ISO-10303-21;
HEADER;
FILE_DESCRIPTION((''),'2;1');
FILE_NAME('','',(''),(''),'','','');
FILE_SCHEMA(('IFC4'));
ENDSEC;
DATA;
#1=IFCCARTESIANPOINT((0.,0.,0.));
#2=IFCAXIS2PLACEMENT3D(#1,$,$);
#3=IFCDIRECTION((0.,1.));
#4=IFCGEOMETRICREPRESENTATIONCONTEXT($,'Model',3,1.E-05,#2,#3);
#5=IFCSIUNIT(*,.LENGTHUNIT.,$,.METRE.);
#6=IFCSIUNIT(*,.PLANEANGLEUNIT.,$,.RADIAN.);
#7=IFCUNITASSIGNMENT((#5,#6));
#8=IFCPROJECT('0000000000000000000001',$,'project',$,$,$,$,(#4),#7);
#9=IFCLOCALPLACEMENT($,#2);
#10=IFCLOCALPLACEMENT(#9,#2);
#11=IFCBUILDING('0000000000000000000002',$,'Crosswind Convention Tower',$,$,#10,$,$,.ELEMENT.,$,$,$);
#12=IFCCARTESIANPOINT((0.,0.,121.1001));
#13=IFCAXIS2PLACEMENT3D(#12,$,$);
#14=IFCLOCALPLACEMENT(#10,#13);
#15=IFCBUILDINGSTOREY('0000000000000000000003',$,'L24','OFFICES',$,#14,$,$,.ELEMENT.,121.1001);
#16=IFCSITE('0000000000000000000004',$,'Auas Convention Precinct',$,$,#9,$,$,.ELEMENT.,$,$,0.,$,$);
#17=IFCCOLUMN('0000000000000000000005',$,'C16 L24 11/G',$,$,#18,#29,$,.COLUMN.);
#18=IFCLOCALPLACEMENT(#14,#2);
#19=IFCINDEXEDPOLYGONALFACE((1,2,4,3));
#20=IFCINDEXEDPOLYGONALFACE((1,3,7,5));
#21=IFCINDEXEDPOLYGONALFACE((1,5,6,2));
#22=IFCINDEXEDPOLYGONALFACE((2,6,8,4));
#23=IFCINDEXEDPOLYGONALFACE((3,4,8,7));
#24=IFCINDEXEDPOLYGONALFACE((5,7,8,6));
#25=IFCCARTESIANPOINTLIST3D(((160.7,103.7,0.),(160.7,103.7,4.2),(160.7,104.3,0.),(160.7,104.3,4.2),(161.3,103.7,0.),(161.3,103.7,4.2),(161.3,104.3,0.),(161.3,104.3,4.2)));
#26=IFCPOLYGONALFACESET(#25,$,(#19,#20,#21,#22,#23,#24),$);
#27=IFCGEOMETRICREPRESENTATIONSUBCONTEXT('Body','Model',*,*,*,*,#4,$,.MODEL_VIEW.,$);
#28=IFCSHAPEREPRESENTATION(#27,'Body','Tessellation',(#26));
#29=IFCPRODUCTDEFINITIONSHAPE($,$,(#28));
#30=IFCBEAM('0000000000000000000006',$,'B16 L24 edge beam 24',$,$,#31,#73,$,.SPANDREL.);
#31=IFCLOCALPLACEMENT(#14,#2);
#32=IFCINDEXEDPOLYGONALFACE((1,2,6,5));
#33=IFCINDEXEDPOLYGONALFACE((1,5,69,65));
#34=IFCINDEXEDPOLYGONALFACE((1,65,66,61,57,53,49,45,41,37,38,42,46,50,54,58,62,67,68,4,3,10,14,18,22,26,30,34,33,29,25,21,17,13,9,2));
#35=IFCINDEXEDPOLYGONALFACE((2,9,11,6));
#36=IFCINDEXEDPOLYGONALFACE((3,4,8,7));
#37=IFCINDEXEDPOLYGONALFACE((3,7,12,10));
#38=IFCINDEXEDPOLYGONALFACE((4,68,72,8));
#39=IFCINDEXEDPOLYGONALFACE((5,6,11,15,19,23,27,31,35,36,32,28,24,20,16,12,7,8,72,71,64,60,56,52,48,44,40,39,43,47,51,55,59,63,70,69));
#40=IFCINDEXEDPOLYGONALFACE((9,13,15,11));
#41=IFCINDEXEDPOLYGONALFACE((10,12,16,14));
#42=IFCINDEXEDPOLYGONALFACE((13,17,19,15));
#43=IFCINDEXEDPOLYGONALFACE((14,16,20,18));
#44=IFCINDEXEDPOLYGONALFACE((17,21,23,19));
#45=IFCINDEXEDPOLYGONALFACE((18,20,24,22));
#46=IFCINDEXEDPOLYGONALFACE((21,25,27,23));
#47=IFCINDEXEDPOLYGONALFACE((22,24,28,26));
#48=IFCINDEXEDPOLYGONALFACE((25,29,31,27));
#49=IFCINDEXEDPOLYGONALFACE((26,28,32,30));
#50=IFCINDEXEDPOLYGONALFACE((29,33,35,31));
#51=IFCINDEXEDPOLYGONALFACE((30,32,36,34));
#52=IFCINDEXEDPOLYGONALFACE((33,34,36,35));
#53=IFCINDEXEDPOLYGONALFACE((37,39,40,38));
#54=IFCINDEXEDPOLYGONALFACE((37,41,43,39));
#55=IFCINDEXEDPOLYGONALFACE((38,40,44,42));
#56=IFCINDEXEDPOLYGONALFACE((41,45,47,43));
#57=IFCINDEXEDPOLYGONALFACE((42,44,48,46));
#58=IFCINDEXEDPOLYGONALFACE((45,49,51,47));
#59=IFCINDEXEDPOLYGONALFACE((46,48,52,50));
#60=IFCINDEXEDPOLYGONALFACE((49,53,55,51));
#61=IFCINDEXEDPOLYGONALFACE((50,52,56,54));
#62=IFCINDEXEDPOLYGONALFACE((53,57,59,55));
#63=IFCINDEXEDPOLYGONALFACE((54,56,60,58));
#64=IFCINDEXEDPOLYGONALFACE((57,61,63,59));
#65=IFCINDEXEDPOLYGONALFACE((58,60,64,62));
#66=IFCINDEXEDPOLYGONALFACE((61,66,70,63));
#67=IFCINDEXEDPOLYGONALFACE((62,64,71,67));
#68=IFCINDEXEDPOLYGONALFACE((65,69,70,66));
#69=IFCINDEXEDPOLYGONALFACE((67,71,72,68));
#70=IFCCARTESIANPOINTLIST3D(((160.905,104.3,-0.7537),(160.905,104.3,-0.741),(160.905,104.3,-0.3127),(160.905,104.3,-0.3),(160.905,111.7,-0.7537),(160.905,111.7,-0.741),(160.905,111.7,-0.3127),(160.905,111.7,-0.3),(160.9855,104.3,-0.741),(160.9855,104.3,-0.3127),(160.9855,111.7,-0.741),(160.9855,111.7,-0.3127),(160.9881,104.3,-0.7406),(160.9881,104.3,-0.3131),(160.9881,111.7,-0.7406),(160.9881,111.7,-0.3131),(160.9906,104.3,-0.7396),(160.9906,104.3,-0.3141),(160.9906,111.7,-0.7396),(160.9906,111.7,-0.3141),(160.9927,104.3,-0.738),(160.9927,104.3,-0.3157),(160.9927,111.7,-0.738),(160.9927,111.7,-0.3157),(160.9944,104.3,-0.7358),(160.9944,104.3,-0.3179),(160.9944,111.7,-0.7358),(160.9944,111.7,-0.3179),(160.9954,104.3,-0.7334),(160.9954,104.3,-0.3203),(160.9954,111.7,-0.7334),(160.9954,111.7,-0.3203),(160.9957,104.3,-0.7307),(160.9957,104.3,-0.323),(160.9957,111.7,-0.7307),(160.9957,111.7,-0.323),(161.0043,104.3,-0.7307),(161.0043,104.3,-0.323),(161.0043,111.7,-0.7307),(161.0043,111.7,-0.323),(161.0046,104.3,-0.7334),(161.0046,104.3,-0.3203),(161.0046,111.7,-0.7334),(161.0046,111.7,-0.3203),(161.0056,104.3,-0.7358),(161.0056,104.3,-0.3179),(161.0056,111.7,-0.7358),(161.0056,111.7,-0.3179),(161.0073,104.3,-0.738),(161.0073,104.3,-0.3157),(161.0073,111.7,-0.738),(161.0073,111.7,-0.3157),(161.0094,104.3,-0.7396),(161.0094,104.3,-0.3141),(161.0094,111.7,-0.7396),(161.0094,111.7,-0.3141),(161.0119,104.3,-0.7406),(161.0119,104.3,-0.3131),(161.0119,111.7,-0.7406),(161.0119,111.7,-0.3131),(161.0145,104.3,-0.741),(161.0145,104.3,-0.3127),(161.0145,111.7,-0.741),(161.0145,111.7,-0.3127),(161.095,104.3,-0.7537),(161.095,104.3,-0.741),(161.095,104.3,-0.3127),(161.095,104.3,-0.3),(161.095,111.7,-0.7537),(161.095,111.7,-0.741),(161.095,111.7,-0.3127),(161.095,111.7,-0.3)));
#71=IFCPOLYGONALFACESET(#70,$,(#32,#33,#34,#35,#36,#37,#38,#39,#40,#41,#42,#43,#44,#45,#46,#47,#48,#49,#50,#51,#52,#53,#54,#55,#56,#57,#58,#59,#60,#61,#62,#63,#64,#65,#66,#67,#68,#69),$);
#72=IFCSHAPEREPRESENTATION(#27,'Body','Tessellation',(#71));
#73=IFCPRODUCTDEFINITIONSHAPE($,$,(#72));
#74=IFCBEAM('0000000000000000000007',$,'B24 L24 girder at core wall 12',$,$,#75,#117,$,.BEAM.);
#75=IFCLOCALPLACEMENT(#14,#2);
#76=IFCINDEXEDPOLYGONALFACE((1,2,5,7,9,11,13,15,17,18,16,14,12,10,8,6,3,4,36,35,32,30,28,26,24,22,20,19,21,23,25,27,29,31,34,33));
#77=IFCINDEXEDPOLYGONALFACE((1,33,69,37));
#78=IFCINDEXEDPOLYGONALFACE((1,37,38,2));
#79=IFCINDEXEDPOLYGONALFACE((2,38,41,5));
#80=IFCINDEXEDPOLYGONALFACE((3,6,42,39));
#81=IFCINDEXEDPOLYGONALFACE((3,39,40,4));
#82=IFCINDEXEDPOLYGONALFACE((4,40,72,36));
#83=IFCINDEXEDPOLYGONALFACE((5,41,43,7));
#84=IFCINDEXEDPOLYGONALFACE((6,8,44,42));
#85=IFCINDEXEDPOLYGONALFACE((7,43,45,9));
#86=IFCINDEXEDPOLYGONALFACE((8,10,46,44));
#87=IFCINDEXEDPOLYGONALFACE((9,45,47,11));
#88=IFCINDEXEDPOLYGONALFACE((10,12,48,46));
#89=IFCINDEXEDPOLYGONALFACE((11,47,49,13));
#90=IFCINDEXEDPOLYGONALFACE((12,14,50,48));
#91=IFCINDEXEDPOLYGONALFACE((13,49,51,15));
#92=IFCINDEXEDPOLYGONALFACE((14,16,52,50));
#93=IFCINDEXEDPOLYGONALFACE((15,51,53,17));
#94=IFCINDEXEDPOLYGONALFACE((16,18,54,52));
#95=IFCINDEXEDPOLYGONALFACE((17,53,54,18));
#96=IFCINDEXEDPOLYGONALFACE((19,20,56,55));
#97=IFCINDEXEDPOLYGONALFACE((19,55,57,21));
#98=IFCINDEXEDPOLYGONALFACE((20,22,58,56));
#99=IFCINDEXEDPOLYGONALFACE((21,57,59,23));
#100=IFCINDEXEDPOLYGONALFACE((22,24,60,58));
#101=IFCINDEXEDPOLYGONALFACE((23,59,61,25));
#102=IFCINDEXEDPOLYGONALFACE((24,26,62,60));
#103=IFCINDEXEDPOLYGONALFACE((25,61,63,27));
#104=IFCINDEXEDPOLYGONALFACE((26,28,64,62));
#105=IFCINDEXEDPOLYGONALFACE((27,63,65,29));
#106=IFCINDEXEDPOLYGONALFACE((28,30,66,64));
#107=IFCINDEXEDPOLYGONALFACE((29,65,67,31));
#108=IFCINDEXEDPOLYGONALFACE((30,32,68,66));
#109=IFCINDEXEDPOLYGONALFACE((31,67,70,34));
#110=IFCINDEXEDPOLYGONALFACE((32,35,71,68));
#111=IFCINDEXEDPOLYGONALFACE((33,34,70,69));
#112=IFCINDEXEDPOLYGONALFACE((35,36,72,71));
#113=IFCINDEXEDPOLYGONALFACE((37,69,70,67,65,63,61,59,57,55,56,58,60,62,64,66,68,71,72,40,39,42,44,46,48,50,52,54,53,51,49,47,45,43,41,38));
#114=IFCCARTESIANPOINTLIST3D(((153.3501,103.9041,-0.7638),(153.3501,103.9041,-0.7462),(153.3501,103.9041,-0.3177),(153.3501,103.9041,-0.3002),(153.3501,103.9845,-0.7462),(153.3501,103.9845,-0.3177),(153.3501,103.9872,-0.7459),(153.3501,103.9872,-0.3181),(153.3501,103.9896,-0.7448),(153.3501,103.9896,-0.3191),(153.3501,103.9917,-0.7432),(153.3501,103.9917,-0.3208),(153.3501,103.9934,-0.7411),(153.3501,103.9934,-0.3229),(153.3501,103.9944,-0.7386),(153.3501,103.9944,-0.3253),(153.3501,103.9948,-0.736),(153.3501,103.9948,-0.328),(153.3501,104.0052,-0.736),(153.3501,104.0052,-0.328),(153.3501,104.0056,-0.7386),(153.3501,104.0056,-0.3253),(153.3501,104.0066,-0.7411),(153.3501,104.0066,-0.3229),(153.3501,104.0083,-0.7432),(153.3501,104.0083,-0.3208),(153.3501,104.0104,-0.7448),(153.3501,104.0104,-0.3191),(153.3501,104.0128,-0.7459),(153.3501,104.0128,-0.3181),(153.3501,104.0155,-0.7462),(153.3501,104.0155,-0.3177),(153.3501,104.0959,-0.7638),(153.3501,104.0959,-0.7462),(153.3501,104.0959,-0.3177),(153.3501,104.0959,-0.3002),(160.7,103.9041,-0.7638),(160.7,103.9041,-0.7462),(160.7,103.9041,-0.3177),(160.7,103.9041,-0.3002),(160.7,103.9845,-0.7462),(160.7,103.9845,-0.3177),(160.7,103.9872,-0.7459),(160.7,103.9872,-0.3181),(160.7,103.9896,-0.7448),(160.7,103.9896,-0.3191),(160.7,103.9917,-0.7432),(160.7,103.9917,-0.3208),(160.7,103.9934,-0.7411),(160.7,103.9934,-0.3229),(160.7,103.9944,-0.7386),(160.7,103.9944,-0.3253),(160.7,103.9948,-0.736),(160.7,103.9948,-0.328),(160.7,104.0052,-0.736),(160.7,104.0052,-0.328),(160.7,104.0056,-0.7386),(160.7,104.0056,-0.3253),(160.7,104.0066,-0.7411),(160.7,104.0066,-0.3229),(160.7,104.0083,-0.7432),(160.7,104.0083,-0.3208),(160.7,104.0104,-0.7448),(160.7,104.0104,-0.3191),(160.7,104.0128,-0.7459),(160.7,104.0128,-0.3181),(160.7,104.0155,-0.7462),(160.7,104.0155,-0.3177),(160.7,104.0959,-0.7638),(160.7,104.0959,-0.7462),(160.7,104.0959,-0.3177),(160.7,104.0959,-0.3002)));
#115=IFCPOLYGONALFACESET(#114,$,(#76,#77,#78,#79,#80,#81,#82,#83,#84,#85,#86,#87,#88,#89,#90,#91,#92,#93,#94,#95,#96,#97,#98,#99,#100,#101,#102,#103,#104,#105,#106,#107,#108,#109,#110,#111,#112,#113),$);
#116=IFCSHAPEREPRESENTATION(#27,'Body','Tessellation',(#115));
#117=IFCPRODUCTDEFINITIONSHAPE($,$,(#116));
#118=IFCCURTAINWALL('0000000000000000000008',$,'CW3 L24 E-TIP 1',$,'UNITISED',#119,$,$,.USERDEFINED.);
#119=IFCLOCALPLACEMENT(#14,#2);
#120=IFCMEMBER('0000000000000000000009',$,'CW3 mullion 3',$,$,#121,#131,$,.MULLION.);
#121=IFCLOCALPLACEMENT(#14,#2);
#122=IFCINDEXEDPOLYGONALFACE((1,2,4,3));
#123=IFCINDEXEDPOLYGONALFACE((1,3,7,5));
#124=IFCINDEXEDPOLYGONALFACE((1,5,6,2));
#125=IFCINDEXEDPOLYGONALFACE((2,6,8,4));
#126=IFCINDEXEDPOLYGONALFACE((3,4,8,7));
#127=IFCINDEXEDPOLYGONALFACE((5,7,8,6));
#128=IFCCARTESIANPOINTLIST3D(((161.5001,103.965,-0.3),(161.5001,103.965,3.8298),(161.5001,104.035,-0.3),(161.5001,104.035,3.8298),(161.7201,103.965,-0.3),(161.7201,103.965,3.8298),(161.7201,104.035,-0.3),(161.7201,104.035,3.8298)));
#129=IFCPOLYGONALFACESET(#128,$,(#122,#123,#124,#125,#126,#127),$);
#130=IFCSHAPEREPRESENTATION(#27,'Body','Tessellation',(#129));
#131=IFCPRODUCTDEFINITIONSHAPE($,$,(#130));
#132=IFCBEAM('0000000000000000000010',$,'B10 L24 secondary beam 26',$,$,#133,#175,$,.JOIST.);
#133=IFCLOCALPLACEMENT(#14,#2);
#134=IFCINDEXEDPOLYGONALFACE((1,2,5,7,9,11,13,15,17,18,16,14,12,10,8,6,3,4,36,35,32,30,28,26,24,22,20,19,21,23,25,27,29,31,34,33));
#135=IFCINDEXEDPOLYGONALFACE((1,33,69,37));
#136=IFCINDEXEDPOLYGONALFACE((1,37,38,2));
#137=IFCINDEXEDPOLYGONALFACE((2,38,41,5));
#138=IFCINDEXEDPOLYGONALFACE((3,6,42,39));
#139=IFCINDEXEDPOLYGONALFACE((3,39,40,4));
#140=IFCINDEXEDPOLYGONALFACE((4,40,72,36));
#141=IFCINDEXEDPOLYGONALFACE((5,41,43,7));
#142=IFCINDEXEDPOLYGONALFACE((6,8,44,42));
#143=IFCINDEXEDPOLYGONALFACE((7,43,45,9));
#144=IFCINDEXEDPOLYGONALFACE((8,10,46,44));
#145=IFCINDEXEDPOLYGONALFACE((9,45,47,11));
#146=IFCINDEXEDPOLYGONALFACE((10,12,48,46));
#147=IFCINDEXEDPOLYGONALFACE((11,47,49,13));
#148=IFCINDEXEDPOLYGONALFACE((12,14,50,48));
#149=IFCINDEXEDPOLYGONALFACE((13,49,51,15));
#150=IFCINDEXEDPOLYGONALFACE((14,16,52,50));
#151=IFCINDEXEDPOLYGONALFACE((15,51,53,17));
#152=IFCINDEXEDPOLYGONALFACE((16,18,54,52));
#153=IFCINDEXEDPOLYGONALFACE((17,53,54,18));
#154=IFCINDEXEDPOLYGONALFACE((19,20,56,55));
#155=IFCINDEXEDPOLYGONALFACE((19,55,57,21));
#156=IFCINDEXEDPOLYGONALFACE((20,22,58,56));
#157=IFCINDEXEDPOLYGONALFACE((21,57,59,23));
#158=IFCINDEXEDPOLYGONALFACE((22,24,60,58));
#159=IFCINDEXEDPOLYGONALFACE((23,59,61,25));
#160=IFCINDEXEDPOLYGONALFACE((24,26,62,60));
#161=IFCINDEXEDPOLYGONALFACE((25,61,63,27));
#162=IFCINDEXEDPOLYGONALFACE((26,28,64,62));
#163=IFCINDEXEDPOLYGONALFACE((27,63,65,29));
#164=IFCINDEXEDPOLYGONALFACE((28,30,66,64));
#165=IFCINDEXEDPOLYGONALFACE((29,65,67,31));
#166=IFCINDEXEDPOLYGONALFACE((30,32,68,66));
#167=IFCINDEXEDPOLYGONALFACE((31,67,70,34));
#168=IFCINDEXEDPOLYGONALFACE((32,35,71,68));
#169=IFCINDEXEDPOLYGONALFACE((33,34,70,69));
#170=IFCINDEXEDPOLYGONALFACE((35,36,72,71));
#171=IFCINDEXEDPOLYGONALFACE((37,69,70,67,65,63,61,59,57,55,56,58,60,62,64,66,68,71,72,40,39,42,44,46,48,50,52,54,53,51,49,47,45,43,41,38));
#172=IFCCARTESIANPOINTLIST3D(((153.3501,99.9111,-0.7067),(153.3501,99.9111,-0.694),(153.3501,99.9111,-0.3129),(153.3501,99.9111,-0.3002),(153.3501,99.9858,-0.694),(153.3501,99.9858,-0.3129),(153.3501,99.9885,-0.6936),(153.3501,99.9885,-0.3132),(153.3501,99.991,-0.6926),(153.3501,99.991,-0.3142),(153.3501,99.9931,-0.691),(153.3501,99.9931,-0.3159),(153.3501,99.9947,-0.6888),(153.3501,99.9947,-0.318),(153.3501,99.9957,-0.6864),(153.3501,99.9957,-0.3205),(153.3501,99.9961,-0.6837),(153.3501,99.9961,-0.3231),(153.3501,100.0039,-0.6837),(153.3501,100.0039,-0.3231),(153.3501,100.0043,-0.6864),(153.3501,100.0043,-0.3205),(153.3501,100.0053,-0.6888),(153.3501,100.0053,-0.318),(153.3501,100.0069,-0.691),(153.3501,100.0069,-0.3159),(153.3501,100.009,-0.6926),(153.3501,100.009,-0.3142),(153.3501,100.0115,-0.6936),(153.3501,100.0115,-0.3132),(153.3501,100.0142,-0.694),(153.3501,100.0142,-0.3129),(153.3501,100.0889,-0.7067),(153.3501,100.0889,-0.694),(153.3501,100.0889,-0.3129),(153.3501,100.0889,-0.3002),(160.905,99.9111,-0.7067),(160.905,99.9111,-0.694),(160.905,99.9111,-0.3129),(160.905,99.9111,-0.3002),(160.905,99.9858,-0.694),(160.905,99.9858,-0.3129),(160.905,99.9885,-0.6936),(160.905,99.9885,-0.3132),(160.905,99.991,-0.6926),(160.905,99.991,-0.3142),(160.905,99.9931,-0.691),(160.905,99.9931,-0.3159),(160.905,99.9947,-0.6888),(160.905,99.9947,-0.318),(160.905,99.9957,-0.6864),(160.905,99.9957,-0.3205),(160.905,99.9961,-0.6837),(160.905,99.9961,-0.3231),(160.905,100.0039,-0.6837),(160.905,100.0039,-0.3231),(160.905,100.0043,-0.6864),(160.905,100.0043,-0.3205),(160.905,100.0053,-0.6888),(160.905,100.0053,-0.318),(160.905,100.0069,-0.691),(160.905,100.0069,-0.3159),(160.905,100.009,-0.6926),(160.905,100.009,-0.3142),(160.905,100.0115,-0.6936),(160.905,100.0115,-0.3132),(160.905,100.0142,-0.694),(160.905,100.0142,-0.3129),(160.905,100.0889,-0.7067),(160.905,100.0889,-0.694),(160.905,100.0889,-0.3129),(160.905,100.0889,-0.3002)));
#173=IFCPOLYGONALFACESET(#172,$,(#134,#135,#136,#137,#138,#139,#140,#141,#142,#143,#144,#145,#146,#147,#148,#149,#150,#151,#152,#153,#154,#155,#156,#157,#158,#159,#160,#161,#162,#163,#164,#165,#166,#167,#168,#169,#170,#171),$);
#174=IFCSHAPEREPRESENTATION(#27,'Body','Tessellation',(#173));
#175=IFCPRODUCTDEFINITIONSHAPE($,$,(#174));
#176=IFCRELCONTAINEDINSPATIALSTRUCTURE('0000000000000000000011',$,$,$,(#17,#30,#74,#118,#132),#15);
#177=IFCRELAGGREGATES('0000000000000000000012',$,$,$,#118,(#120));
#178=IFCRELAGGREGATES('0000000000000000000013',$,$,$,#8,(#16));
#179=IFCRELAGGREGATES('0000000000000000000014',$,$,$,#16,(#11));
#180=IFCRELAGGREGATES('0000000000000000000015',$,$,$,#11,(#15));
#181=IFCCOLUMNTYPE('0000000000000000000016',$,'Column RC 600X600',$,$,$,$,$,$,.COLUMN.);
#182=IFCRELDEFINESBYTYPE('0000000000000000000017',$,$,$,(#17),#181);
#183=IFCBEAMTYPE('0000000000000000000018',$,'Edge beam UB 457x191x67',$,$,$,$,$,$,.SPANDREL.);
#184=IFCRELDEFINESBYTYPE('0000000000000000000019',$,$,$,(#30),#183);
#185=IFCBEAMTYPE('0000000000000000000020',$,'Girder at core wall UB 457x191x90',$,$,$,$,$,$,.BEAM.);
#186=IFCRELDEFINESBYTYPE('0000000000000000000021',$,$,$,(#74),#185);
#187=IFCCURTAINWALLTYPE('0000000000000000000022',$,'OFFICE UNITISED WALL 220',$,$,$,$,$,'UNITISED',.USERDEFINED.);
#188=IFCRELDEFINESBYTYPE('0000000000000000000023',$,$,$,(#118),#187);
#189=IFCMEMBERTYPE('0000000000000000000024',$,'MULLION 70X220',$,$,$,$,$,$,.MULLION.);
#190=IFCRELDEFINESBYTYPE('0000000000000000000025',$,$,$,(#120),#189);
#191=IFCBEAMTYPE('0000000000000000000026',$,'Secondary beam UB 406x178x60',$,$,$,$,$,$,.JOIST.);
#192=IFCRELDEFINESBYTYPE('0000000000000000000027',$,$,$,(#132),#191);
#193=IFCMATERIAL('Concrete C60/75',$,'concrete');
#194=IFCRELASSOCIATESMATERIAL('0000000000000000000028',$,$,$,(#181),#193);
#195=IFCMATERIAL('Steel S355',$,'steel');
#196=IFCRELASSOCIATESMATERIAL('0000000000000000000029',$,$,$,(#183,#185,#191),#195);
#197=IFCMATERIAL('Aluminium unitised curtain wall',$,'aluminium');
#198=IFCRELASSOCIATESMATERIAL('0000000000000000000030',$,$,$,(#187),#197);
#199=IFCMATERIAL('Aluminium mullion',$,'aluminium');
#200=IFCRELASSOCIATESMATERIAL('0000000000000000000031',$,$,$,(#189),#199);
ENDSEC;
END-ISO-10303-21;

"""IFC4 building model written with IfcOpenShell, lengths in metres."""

from ifc_helpers import new_model, si_unit, direction, frame, origin, origin_2d, place, context, subcontext, project, spatial, rectangle, i_section, extrude, material, material_profile, profile_set, type_object, element, aggregate, save


model = new_model("IFC4")

# Units and contexts
model_context = context("Model", 3, precision=1e-05, world=origin(), true_north=direction((0.0, 1.0)))
body_context = subcontext(model_context, "Body", "Model", "MODEL_VIEW")
ifc_project = project(units=[si_unit("LENGTHUNIT", "METRE"), si_unit("PLANEANGLEUNIT", "RADIAN")], contexts=[model_context])

# Site, building, storey
site_placement = place(None, origin())
site = spatial("IfcSite", under=ifc_project, at=site_placement, Name="Auas Convention Precinct", CompositionType="ELEMENT", RefElevation=0.0)
building_placement = place(site_placement, origin())
building = spatial("IfcBuilding", under=site, at=building_placement, Name="Crosswind Convention Tower", CompositionType="ELEMENT")
storey_placement = place(building_placement, frame((0.0, 0.0, 121.1001)))
storey = spatial("IfcBuildingStorey", under=building, at=storey_placement, Name="L24", Description="OFFICES", CompositionType="ELEMENT", Elevation=121.1001)

# Column
ifc_material_1 = material(Name="Concrete C60/75", Category="concrete")
ifc_material_profile_1 = material_profile(ifc_material_1, rectangle(XDim=0.6001, YDim=0.6001, at=origin_2d()), Name="RC 600X600")
ifc_profile_set_1 = profile_set([ifc_material_profile_1], Name="Concrete C60/75")
column_type = type_object("IfcColumnType", Name="Column RC 600X600", PredefinedType="COLUMN", material=ifc_profile_set_1)
column_placement = place(storey_placement, frame((161.0, 104.0, 0.0), z_axis=(0.0, 0.0, 1.0), x_axis=(1.0, 0.0, 0.0)))
element("IfcColumn", 1, at=column_placement, inside=storey, type_object=column_type, Name="C16 L24 11/G", PredefinedType="COLUMN", context=body_context, shape_type="SweptSolid", body=[
    extrude(rectangle(XDim=0.6001, YDim=0.6001, at=origin_2d()), origin(), (0.0, 0.0, 1.0), 4.2),
])

# Beams
ifc_material_2 = material(Name="Steel S355", Category="steel")
ifc_material_profile_2 = material_profile(ifc_material_2, i_section(OverallWidth=0.1899, OverallDepth=0.4536, WebThickness=0.0085, FlangeThickness=0.0127, FilletRadius=0.0103, at=origin_2d()), Name="UB 457x191x67")
ifc_profile_set_2 = profile_set([ifc_material_profile_2], Name="Steel S355")
beam_type_1 = type_object("IfcBeamType", Name="Edge beam UB 457x191x67", PredefinedType="SPANDREL", material=ifc_profile_set_2)
beam_1_placement = place(storey_placement, frame((161.0, 104.3, -0.5269), z_axis=(0.0, 1.0, 0.0), x_axis=(-1.0, 0.0, 0.0)))
element("IfcBeam", 2, at=beam_1_placement, inside=storey, type_object=beam_type_1, Name="B16 L24 edge beam 24", PredefinedType="SPANDREL", context=body_context, shape_type="SweptSolid", body=[
    extrude(i_section(OverallWidth=0.1899, OverallDepth=0.4536, WebThickness=0.0085, FlangeThickness=0.0127, FilletRadius=0.0103, at=origin_2d()), origin(), (0.0, 0.0, 1.0), 7.3999),
])
ifc_material_profile_3 = material_profile(ifc_material_2, i_section(OverallWidth=0.1919, OverallDepth=0.4636, WebThickness=0.0105, FlangeThickness=0.0176, FilletRadius=0.0103, at=origin_2d()), Name="UB 457x191x90")
ifc_profile_set_3 = profile_set([ifc_material_profile_3], Name="Steel S355")
beam_type_2 = type_object("IfcBeamType", Name="Girder at core wall UB 457x191x90", PredefinedType="BEAM", material=ifc_profile_set_3)
beam_2_placement = place(storey_placement, frame((153.3501, 104.0, -0.532), z_axis=(1.0, 0.0, 0.0), x_axis=(0.0, 1.0, 0.0)))
element("IfcBeam", 3, at=beam_2_placement, inside=storey, type_object=beam_type_2, Name="B24 L24 girder at core wall 12", PredefinedType="BEAM", context=body_context, shape_type="SweptSolid", body=[
    extrude(i_section(OverallWidth=0.1919, OverallDepth=0.4636, WebThickness=0.0105, FlangeThickness=0.0176, FilletRadius=0.0103, at=origin_2d()), origin(), (0.0, 0.0, 1.0), 7.3499),
])

# Curtain wall, member
ifc_material_3 = material(Name="Aluminium unitised curtain wall", Category="aluminium")
curtain_wall_type = type_object("IfcCurtainWallType", Name="OFFICE UNITISED WALL 220", ElementType="UNITISED", PredefinedType="USERDEFINED", material=ifc_material_3)
curtain_wall_placement = place(storey_placement, origin())
curtain_wall = element("IfcCurtainWall", 4, at=curtain_wall_placement, inside=storey, type_object=curtain_wall_type, Name="CW3 L24 E-TIP 1", ObjectType="UNITISED", PredefinedType="USERDEFINED")
ifc_material_4 = material(Name="Aluminium mullion", Category="aluminium")
ifc_material_profile_4 = material_profile(ifc_material_4, rectangle(XDim=0.22, YDim=0.0701, at=origin_2d()), Name="AL 220X70")
ifc_profile_set_4 = profile_set([ifc_material_profile_4], Name="Aluminium mullion")
member_type = type_object("IfcMemberType", Name="MULLION 70X220", PredefinedType="MULLION", material=ifc_profile_set_4)
member_placement = place(storey_placement, frame((161.6101, 104.0, -0.3), z_axis=(0.0, 0.0, 1.0), x_axis=(1.0, 0.0, 0.0)))
member = element("IfcMember", 5, at=member_placement, type_object=member_type, Name="CW3 mullion 3", PredefinedType="MULLION", context=body_context, shape_type="SweptSolid", body=[
    extrude(rectangle(XDim=0.22, YDim=0.0701, at=origin_2d()), origin(), (0.0, 0.0, 1.0), 4.1299),
])

# Beam
ifc_material_profile_5 = material_profile(ifc_material_2, i_section(OverallWidth=0.1777, OverallDepth=0.4065, WebThickness=0.0078, FlangeThickness=0.0127, FilletRadius=0.0103, at=origin_2d()), Name="UB 406x178x60")
ifc_profile_set_5 = profile_set([ifc_material_profile_5], Name="Steel S355")
beam_type_3 = type_object("IfcBeamType", Name="Secondary beam UB 406x178x60", PredefinedType="JOIST", material=ifc_profile_set_5)
for number, where, z_axis, x_axis, name in (
    (6, (153.3501, 100.0, -0.5034), (1.0, 0.0, 0.0), (0.0, 1.0, 0.0), "B10 L24 secondary beam 26"),
):
    element("IfcBeam", number, at=place(storey_placement, frame(where, z_axis=z_axis, x_axis=x_axis)), inside=storey, type_object=beam_type_3, Name=name, PredefinedType="JOIST", context=body_context, shape_type="SweptSolid", body=[
        extrude(i_section(OverallWidth=0.1777, OverallDepth=0.4065, WebThickness=0.0078, FlangeThickness=0.0127, FilletRadius=0.0103, at=origin_2d()), origin(), (0.0, 0.0, 1.0), 7.5549),
    ])

aggregate(curtain_wall, [member])

save(model, "model.ifc")
